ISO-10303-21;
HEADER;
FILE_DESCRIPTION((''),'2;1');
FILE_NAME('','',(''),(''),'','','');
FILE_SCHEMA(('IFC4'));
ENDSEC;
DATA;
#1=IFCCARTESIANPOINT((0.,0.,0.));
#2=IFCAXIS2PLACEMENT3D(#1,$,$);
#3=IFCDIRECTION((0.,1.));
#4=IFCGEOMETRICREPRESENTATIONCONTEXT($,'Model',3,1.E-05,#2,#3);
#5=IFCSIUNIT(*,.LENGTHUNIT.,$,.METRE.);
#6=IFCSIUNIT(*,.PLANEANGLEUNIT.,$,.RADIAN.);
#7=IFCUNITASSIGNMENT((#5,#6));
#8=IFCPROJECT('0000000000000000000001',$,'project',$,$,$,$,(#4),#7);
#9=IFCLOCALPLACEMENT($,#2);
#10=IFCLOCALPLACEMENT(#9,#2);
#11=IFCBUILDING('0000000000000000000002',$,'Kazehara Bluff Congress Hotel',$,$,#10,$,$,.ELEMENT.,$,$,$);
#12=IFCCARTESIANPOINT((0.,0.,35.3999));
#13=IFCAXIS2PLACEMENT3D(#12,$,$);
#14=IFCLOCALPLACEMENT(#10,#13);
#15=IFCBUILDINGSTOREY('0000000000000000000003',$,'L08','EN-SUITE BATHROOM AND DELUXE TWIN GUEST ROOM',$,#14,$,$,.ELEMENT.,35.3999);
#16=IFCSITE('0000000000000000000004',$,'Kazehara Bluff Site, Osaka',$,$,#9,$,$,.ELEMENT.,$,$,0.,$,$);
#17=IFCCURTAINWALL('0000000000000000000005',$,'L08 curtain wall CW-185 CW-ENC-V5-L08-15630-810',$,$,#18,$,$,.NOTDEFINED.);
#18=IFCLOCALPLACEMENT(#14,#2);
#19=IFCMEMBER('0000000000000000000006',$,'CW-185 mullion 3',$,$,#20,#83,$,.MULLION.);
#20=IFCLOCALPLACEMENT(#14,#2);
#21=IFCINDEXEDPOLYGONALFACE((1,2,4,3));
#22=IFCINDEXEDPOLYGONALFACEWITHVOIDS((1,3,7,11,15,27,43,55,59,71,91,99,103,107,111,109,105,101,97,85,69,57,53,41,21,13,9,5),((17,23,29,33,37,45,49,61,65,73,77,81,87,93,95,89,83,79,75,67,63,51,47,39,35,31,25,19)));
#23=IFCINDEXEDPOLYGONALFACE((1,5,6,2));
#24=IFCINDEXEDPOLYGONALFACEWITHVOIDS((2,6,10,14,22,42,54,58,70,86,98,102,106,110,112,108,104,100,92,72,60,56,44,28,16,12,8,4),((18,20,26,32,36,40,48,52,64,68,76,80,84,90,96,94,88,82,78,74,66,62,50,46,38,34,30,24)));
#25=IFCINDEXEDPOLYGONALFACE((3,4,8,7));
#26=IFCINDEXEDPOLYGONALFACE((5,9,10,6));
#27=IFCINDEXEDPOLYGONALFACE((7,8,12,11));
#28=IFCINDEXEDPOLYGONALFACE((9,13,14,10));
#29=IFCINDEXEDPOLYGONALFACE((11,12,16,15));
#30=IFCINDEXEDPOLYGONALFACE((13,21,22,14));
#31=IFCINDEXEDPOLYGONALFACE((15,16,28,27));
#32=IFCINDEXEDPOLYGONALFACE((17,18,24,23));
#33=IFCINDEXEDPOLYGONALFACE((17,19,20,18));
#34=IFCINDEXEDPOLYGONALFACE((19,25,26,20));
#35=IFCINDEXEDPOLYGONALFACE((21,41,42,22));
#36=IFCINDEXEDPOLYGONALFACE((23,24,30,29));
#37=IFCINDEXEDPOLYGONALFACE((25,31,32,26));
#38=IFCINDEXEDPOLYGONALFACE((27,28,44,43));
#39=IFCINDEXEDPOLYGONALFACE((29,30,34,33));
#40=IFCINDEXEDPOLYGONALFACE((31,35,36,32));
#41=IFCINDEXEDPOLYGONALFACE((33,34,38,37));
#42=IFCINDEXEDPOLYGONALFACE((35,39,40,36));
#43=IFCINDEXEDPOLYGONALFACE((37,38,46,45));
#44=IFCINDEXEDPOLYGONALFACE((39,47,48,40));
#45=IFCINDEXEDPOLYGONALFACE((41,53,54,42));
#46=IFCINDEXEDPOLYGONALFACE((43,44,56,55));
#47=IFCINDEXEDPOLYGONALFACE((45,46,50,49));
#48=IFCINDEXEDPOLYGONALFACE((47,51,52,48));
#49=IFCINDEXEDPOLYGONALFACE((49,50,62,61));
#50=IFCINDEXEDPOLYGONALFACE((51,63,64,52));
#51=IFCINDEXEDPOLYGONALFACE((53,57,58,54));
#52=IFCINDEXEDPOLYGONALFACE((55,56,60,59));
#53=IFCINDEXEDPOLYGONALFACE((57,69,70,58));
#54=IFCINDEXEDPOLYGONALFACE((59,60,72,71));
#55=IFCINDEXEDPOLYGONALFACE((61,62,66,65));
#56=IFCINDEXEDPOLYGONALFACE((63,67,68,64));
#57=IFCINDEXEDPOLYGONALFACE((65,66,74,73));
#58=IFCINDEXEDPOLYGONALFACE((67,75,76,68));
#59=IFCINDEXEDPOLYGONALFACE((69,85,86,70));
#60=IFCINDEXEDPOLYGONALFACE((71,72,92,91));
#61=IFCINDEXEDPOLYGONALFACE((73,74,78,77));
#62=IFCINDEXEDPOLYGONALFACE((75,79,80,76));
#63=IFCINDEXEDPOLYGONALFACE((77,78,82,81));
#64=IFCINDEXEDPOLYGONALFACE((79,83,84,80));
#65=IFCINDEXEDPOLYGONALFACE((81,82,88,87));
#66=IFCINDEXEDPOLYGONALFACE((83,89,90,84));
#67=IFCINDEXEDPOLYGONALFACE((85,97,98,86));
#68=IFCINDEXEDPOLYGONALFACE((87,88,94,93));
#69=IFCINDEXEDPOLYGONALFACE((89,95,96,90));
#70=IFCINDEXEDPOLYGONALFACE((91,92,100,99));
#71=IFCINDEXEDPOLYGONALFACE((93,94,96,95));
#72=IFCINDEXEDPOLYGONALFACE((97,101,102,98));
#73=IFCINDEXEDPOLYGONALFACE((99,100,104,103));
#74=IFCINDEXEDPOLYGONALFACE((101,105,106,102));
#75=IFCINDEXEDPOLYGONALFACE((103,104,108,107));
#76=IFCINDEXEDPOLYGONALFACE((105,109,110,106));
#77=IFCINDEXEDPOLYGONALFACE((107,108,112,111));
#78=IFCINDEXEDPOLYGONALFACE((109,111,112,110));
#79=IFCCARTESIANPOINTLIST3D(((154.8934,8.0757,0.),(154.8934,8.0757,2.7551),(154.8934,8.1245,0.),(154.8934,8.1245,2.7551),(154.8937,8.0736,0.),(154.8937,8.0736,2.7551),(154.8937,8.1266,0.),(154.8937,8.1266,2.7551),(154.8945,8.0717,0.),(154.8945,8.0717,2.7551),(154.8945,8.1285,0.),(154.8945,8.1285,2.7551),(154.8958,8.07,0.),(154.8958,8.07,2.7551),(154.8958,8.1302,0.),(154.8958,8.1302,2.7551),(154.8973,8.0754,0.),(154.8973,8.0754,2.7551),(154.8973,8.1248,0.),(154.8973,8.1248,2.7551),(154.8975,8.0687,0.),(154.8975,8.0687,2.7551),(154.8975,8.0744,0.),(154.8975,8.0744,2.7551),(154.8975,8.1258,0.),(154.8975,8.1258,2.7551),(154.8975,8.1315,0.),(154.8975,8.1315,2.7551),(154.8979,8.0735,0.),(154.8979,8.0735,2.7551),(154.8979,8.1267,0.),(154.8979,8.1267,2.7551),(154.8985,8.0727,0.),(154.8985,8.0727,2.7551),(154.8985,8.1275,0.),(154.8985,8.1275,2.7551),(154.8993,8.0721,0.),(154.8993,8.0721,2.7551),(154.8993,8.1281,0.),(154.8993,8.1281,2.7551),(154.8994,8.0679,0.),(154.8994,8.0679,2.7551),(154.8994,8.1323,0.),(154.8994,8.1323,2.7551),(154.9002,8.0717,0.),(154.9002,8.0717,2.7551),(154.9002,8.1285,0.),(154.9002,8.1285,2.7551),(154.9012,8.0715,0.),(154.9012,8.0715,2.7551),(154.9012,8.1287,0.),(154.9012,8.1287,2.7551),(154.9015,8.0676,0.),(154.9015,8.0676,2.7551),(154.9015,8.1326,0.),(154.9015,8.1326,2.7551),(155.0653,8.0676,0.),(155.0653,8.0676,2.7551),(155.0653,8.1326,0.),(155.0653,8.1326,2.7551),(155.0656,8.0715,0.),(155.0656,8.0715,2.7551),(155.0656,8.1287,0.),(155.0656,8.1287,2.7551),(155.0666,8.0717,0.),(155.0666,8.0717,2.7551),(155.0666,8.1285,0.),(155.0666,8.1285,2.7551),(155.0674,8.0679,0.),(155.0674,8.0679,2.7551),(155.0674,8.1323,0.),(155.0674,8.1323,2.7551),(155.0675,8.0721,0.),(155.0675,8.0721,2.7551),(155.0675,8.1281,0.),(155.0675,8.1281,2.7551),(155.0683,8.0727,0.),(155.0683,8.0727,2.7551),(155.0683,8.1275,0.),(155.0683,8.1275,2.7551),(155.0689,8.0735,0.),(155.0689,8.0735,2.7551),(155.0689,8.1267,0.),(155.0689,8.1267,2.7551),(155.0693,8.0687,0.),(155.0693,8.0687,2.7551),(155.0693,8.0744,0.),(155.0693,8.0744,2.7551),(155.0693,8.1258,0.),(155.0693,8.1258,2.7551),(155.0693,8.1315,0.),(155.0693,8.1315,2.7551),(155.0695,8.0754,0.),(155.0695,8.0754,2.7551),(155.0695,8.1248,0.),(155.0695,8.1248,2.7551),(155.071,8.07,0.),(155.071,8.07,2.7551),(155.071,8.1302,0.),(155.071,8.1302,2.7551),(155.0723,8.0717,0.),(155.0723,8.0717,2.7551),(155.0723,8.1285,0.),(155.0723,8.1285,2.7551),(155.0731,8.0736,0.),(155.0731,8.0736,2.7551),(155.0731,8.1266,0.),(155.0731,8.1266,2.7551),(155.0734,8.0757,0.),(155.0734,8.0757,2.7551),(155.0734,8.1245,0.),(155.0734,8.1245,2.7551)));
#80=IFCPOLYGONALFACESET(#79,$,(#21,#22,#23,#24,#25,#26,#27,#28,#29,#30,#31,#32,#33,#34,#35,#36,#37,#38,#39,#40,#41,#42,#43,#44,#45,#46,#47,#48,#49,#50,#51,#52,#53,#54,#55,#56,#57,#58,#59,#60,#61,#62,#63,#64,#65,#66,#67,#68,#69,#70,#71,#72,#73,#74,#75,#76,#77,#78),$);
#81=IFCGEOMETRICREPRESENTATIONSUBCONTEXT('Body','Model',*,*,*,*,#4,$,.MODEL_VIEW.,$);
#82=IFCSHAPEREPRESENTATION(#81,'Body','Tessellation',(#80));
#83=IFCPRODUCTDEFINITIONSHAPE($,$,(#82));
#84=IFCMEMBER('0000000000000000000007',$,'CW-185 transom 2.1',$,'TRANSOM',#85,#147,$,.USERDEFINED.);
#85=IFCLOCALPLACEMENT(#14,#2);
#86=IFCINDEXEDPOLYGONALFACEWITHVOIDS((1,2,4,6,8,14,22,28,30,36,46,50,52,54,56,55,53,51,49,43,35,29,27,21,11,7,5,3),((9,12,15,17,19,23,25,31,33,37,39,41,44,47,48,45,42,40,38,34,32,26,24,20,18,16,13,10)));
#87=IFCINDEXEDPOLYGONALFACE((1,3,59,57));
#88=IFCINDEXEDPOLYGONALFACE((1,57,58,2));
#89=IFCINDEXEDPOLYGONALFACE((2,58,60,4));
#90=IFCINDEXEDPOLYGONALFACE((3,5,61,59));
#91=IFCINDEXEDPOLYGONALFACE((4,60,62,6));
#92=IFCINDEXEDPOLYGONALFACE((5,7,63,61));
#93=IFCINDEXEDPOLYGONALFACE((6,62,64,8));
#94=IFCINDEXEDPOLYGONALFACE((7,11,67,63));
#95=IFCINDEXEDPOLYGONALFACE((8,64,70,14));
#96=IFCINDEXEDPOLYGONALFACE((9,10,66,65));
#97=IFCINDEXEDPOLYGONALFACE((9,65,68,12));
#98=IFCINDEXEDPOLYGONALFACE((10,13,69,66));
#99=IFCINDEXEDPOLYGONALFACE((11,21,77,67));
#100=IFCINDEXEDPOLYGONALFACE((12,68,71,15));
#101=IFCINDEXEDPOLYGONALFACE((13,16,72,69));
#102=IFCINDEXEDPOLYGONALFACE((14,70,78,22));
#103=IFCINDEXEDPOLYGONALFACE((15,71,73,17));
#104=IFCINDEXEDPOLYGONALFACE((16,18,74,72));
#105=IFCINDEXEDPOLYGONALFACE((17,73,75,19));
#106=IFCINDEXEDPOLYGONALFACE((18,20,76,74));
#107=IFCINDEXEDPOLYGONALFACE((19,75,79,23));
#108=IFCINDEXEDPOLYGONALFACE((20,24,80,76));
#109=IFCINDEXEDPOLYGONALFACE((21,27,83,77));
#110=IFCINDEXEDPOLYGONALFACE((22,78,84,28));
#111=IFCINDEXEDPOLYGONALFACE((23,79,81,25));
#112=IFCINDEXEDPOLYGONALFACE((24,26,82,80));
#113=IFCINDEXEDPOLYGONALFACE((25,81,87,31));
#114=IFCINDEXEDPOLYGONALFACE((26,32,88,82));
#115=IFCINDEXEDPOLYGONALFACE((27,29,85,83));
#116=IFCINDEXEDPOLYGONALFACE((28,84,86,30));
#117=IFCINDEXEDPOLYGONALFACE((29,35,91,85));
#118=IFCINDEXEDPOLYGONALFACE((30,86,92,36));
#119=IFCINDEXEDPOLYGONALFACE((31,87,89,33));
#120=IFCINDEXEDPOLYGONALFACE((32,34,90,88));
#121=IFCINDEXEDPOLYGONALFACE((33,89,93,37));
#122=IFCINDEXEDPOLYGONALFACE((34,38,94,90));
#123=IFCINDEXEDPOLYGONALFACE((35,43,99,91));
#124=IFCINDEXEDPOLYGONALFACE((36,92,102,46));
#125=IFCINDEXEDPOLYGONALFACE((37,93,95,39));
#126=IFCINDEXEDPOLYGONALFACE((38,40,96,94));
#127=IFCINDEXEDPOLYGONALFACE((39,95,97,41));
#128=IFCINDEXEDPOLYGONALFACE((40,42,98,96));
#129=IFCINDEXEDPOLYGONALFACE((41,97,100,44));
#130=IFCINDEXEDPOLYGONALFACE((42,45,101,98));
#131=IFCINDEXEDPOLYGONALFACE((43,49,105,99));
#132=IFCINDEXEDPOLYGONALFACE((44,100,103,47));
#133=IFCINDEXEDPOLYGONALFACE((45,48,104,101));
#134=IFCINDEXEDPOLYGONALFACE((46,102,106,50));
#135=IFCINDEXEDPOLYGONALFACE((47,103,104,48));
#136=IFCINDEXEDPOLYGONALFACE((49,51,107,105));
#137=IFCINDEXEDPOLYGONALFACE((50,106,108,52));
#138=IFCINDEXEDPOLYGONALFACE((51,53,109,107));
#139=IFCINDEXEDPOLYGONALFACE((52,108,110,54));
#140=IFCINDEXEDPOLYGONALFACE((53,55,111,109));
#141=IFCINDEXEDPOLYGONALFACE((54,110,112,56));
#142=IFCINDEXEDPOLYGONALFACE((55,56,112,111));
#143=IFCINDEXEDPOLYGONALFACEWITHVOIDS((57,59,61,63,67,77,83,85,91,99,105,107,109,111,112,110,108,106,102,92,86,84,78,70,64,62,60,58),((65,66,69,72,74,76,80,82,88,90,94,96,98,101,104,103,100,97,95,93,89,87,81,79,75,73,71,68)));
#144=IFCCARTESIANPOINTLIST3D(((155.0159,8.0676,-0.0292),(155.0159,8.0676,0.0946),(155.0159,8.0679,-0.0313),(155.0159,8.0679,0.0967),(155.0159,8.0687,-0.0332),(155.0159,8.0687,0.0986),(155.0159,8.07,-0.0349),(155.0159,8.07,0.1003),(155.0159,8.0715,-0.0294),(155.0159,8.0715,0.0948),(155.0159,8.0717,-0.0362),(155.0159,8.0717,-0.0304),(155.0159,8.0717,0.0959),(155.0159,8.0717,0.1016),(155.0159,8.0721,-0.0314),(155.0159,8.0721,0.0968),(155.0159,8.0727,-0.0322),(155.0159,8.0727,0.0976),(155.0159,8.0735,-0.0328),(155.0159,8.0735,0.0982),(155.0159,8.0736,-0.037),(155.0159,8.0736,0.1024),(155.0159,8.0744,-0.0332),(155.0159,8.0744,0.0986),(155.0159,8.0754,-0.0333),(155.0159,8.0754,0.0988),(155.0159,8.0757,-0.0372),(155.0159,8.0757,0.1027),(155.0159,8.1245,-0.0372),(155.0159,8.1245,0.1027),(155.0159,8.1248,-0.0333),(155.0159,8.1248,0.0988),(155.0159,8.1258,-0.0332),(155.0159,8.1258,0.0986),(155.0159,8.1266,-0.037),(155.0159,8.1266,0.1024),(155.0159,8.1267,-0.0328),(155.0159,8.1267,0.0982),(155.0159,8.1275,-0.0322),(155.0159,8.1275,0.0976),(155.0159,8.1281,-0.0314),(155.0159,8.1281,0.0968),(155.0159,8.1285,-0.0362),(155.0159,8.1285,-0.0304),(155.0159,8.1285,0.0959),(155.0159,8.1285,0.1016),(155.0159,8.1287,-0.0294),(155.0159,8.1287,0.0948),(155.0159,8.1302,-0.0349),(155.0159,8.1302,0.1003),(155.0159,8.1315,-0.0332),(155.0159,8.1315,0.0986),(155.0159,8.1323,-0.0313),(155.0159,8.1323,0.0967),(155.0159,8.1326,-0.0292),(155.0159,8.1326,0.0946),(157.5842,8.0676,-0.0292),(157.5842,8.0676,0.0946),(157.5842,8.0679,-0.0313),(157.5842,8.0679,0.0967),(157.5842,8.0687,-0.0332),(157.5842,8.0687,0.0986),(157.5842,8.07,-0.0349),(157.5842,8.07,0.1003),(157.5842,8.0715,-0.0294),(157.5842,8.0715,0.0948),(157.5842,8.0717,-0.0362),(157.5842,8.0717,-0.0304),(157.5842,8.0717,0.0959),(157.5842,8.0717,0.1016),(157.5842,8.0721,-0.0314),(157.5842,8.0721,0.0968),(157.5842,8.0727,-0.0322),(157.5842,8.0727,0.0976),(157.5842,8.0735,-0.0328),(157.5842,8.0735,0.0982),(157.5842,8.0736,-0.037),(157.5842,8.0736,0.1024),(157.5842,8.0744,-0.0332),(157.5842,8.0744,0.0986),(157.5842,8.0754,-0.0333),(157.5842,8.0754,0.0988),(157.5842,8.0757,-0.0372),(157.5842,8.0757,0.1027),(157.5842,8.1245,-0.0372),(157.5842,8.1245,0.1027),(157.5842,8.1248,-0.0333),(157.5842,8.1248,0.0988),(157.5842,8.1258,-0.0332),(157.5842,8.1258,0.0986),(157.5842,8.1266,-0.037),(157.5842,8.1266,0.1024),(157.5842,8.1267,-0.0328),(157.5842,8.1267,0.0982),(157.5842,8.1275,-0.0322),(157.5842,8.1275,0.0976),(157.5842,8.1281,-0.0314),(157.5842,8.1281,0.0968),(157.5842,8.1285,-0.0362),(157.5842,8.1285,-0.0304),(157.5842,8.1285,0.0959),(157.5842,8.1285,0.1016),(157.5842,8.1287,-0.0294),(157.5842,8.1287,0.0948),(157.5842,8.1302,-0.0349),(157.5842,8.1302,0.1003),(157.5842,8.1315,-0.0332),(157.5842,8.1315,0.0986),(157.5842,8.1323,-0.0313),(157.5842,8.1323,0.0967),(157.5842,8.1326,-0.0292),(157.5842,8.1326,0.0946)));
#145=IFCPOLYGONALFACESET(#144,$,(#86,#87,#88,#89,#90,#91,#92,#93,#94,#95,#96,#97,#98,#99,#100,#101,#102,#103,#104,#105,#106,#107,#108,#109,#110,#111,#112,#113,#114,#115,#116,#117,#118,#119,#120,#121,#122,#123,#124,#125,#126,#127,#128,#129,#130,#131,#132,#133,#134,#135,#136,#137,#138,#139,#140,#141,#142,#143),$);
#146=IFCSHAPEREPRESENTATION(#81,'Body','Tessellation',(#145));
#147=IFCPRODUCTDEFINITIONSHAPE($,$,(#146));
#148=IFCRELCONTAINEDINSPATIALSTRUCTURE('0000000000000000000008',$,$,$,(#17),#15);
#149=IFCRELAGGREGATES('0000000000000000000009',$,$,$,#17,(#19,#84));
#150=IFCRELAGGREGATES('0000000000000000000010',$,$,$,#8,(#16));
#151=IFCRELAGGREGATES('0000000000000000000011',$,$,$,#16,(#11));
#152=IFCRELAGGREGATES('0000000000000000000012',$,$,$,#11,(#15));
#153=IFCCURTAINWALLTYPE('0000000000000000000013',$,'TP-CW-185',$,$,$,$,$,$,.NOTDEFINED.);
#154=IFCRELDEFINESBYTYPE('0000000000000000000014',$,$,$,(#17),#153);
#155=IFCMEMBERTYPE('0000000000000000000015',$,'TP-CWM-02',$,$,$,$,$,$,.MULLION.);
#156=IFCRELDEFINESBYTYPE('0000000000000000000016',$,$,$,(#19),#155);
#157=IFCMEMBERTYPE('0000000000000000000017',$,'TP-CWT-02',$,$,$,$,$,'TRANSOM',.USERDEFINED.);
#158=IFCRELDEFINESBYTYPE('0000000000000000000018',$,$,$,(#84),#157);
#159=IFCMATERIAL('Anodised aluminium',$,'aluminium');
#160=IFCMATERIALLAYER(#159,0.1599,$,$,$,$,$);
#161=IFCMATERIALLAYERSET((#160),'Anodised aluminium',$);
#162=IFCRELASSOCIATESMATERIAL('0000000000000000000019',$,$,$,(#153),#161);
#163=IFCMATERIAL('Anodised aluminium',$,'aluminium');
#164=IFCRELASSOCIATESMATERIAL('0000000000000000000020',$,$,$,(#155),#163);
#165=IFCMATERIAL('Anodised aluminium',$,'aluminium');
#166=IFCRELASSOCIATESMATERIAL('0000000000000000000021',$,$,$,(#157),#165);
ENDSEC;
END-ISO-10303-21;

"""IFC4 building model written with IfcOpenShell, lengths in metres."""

from ifc_helpers import new_model, si_unit, direction, frame, origin, origin_2d, place, context, subcontext, project, spatial, hollow_rectangle, extrude, material, layer, layer_set, material_profile, profile_set, type_object, element, aggregate, save


model = new_model("IFC4")

# Units and contexts
model_context = context("Model", 3, precision=1e-05, world=origin(), true_north=direction((0.0, 1.0)))
body_context = subcontext(model_context, "Body", "Model", "MODEL_VIEW")
ifc_project = project(units=[si_unit("LENGTHUNIT", "METRE"), si_unit("PLANEANGLEUNIT", "RADIAN")], contexts=[model_context])

# Site, building, storey
site_placement = place(None, origin())
site = spatial("IfcSite", under=ifc_project, at=site_placement, Name="Kazehara Bluff Site, Osaka", CompositionType="ELEMENT", RefElevation=0.0)
building_placement = place(site_placement, origin())
building = spatial("IfcBuilding", under=site, at=building_placement, Name="Kazehara Bluff Congress Hotel", CompositionType="ELEMENT")
storey_placement = place(building_placement, frame((0.0, 0.0, 35.3999)))
storey = spatial("IfcBuildingStorey", under=building, at=storey_placement, Name="L08", Description="EN-SUITE BATHROOM AND DELUXE TWIN GUEST ROOM", CompositionType="ELEMENT", Elevation=35.3999)

# Curtain wall, members
ifc_material_1 = material(Name="Anodised aluminium", Category="aluminium")
ifc_layer_1 = layer(ifc_material_1, 0.1599)
ifc_layer_set_1 = layer_set([ifc_layer_1], Name="Anodised aluminium")
curtain_wall_type = type_object("IfcCurtainWallType", Name="TP-CW-185", PredefinedType="NOTDEFINED", material=ifc_layer_set_1)
curtain_wall_placement = place(storey_placement, origin())
curtain_wall = element("IfcCurtainWall", 1, at=curtain_wall_placement, inside=storey, type_object=curtain_wall_type, Name="L08 curtain wall CW-185 CW-ENC-V5-L08-15630-810", PredefinedType="NOTDEFINED")
ifc_material_2 = material(Name="Anodised aluminium", Category="aluminium")
ifc_material_profile_1 = material_profile(ifc_material_2, hollow_rectangle(XDim=0.0649, YDim=0.1799, WallThickness=0.0039, InnerFilletRadius=0.0039, OuterFilletRadius=0.0081, at=origin_2d()))
ifc_profile_set_1 = profile_set([ifc_material_profile_1], Name="Anodised aluminium")
member_type_1 = type_object("IfcMemberType", Name="TP-CWM-02", PredefinedType="MULLION", material=ifc_profile_set_1)
member_1_placement = place(storey_placement, frame((154.9834, 8.1001, 0.0), z_axis=(0.0, 0.0, 1.0), x_axis=(0.0, -1.0, 0.0)))
member_1 = element("IfcMember", 2, at=member_1_placement, type_object=member_type_1, Name="CW-185 mullion 3", PredefinedType="MULLION", context=body_context, shape_type="SweptSolid", body=[
    extrude(hollow_rectangle(XDim=0.0649, YDim=0.1799, WallThickness=0.0039, InnerFilletRadius=0.0039, OuterFilletRadius=0.0081, at=origin_2d()), origin(), (0.0, 0.0, 1.0), 2.7551),
])
ifc_material_3 = material(Name="Anodised aluminium", Category="aluminium")
ifc_material_profile_2 = material_profile(ifc_material_3, hollow_rectangle(XDim=0.0649, YDim=0.1399, WallThickness=0.0039, InnerFilletRadius=0.0039, OuterFilletRadius=0.0081, at=origin_2d()))
ifc_profile_set_2 = profile_set([ifc_material_profile_2], Name="Anodised aluminium")
member_type_2 = type_object("IfcMemberType", Name="TP-CWT-02", ElementType="TRANSOM", PredefinedType="USERDEFINED", material=ifc_profile_set_2)
member_2_placement = place(storey_placement, frame((157.5842, 8.1001, 0.0327), z_axis=(-1.0, 0.0, 0.0), x_axis=(0.0, -1.0, 0.0)))
member_2 = element("IfcMember", 3, at=member_2_placement, type_object=member_type_2, Name="CW-185 transom 2.1", ObjectType="TRANSOM", PredefinedType="USERDEFINED", context=body_context, shape_type="SweptSolid", body=[
    extrude(hollow_rectangle(XDim=0.0649, YDim=0.1399, WallThickness=0.0039, InnerFilletRadius=0.0039, OuterFilletRadius=0.0081, at=origin_2d()), origin(), (0.0, 0.0, 1.0), 2.5684),
])

aggregate(curtain_wall, [member_1, member_2])

save(model, "model.ifc")
